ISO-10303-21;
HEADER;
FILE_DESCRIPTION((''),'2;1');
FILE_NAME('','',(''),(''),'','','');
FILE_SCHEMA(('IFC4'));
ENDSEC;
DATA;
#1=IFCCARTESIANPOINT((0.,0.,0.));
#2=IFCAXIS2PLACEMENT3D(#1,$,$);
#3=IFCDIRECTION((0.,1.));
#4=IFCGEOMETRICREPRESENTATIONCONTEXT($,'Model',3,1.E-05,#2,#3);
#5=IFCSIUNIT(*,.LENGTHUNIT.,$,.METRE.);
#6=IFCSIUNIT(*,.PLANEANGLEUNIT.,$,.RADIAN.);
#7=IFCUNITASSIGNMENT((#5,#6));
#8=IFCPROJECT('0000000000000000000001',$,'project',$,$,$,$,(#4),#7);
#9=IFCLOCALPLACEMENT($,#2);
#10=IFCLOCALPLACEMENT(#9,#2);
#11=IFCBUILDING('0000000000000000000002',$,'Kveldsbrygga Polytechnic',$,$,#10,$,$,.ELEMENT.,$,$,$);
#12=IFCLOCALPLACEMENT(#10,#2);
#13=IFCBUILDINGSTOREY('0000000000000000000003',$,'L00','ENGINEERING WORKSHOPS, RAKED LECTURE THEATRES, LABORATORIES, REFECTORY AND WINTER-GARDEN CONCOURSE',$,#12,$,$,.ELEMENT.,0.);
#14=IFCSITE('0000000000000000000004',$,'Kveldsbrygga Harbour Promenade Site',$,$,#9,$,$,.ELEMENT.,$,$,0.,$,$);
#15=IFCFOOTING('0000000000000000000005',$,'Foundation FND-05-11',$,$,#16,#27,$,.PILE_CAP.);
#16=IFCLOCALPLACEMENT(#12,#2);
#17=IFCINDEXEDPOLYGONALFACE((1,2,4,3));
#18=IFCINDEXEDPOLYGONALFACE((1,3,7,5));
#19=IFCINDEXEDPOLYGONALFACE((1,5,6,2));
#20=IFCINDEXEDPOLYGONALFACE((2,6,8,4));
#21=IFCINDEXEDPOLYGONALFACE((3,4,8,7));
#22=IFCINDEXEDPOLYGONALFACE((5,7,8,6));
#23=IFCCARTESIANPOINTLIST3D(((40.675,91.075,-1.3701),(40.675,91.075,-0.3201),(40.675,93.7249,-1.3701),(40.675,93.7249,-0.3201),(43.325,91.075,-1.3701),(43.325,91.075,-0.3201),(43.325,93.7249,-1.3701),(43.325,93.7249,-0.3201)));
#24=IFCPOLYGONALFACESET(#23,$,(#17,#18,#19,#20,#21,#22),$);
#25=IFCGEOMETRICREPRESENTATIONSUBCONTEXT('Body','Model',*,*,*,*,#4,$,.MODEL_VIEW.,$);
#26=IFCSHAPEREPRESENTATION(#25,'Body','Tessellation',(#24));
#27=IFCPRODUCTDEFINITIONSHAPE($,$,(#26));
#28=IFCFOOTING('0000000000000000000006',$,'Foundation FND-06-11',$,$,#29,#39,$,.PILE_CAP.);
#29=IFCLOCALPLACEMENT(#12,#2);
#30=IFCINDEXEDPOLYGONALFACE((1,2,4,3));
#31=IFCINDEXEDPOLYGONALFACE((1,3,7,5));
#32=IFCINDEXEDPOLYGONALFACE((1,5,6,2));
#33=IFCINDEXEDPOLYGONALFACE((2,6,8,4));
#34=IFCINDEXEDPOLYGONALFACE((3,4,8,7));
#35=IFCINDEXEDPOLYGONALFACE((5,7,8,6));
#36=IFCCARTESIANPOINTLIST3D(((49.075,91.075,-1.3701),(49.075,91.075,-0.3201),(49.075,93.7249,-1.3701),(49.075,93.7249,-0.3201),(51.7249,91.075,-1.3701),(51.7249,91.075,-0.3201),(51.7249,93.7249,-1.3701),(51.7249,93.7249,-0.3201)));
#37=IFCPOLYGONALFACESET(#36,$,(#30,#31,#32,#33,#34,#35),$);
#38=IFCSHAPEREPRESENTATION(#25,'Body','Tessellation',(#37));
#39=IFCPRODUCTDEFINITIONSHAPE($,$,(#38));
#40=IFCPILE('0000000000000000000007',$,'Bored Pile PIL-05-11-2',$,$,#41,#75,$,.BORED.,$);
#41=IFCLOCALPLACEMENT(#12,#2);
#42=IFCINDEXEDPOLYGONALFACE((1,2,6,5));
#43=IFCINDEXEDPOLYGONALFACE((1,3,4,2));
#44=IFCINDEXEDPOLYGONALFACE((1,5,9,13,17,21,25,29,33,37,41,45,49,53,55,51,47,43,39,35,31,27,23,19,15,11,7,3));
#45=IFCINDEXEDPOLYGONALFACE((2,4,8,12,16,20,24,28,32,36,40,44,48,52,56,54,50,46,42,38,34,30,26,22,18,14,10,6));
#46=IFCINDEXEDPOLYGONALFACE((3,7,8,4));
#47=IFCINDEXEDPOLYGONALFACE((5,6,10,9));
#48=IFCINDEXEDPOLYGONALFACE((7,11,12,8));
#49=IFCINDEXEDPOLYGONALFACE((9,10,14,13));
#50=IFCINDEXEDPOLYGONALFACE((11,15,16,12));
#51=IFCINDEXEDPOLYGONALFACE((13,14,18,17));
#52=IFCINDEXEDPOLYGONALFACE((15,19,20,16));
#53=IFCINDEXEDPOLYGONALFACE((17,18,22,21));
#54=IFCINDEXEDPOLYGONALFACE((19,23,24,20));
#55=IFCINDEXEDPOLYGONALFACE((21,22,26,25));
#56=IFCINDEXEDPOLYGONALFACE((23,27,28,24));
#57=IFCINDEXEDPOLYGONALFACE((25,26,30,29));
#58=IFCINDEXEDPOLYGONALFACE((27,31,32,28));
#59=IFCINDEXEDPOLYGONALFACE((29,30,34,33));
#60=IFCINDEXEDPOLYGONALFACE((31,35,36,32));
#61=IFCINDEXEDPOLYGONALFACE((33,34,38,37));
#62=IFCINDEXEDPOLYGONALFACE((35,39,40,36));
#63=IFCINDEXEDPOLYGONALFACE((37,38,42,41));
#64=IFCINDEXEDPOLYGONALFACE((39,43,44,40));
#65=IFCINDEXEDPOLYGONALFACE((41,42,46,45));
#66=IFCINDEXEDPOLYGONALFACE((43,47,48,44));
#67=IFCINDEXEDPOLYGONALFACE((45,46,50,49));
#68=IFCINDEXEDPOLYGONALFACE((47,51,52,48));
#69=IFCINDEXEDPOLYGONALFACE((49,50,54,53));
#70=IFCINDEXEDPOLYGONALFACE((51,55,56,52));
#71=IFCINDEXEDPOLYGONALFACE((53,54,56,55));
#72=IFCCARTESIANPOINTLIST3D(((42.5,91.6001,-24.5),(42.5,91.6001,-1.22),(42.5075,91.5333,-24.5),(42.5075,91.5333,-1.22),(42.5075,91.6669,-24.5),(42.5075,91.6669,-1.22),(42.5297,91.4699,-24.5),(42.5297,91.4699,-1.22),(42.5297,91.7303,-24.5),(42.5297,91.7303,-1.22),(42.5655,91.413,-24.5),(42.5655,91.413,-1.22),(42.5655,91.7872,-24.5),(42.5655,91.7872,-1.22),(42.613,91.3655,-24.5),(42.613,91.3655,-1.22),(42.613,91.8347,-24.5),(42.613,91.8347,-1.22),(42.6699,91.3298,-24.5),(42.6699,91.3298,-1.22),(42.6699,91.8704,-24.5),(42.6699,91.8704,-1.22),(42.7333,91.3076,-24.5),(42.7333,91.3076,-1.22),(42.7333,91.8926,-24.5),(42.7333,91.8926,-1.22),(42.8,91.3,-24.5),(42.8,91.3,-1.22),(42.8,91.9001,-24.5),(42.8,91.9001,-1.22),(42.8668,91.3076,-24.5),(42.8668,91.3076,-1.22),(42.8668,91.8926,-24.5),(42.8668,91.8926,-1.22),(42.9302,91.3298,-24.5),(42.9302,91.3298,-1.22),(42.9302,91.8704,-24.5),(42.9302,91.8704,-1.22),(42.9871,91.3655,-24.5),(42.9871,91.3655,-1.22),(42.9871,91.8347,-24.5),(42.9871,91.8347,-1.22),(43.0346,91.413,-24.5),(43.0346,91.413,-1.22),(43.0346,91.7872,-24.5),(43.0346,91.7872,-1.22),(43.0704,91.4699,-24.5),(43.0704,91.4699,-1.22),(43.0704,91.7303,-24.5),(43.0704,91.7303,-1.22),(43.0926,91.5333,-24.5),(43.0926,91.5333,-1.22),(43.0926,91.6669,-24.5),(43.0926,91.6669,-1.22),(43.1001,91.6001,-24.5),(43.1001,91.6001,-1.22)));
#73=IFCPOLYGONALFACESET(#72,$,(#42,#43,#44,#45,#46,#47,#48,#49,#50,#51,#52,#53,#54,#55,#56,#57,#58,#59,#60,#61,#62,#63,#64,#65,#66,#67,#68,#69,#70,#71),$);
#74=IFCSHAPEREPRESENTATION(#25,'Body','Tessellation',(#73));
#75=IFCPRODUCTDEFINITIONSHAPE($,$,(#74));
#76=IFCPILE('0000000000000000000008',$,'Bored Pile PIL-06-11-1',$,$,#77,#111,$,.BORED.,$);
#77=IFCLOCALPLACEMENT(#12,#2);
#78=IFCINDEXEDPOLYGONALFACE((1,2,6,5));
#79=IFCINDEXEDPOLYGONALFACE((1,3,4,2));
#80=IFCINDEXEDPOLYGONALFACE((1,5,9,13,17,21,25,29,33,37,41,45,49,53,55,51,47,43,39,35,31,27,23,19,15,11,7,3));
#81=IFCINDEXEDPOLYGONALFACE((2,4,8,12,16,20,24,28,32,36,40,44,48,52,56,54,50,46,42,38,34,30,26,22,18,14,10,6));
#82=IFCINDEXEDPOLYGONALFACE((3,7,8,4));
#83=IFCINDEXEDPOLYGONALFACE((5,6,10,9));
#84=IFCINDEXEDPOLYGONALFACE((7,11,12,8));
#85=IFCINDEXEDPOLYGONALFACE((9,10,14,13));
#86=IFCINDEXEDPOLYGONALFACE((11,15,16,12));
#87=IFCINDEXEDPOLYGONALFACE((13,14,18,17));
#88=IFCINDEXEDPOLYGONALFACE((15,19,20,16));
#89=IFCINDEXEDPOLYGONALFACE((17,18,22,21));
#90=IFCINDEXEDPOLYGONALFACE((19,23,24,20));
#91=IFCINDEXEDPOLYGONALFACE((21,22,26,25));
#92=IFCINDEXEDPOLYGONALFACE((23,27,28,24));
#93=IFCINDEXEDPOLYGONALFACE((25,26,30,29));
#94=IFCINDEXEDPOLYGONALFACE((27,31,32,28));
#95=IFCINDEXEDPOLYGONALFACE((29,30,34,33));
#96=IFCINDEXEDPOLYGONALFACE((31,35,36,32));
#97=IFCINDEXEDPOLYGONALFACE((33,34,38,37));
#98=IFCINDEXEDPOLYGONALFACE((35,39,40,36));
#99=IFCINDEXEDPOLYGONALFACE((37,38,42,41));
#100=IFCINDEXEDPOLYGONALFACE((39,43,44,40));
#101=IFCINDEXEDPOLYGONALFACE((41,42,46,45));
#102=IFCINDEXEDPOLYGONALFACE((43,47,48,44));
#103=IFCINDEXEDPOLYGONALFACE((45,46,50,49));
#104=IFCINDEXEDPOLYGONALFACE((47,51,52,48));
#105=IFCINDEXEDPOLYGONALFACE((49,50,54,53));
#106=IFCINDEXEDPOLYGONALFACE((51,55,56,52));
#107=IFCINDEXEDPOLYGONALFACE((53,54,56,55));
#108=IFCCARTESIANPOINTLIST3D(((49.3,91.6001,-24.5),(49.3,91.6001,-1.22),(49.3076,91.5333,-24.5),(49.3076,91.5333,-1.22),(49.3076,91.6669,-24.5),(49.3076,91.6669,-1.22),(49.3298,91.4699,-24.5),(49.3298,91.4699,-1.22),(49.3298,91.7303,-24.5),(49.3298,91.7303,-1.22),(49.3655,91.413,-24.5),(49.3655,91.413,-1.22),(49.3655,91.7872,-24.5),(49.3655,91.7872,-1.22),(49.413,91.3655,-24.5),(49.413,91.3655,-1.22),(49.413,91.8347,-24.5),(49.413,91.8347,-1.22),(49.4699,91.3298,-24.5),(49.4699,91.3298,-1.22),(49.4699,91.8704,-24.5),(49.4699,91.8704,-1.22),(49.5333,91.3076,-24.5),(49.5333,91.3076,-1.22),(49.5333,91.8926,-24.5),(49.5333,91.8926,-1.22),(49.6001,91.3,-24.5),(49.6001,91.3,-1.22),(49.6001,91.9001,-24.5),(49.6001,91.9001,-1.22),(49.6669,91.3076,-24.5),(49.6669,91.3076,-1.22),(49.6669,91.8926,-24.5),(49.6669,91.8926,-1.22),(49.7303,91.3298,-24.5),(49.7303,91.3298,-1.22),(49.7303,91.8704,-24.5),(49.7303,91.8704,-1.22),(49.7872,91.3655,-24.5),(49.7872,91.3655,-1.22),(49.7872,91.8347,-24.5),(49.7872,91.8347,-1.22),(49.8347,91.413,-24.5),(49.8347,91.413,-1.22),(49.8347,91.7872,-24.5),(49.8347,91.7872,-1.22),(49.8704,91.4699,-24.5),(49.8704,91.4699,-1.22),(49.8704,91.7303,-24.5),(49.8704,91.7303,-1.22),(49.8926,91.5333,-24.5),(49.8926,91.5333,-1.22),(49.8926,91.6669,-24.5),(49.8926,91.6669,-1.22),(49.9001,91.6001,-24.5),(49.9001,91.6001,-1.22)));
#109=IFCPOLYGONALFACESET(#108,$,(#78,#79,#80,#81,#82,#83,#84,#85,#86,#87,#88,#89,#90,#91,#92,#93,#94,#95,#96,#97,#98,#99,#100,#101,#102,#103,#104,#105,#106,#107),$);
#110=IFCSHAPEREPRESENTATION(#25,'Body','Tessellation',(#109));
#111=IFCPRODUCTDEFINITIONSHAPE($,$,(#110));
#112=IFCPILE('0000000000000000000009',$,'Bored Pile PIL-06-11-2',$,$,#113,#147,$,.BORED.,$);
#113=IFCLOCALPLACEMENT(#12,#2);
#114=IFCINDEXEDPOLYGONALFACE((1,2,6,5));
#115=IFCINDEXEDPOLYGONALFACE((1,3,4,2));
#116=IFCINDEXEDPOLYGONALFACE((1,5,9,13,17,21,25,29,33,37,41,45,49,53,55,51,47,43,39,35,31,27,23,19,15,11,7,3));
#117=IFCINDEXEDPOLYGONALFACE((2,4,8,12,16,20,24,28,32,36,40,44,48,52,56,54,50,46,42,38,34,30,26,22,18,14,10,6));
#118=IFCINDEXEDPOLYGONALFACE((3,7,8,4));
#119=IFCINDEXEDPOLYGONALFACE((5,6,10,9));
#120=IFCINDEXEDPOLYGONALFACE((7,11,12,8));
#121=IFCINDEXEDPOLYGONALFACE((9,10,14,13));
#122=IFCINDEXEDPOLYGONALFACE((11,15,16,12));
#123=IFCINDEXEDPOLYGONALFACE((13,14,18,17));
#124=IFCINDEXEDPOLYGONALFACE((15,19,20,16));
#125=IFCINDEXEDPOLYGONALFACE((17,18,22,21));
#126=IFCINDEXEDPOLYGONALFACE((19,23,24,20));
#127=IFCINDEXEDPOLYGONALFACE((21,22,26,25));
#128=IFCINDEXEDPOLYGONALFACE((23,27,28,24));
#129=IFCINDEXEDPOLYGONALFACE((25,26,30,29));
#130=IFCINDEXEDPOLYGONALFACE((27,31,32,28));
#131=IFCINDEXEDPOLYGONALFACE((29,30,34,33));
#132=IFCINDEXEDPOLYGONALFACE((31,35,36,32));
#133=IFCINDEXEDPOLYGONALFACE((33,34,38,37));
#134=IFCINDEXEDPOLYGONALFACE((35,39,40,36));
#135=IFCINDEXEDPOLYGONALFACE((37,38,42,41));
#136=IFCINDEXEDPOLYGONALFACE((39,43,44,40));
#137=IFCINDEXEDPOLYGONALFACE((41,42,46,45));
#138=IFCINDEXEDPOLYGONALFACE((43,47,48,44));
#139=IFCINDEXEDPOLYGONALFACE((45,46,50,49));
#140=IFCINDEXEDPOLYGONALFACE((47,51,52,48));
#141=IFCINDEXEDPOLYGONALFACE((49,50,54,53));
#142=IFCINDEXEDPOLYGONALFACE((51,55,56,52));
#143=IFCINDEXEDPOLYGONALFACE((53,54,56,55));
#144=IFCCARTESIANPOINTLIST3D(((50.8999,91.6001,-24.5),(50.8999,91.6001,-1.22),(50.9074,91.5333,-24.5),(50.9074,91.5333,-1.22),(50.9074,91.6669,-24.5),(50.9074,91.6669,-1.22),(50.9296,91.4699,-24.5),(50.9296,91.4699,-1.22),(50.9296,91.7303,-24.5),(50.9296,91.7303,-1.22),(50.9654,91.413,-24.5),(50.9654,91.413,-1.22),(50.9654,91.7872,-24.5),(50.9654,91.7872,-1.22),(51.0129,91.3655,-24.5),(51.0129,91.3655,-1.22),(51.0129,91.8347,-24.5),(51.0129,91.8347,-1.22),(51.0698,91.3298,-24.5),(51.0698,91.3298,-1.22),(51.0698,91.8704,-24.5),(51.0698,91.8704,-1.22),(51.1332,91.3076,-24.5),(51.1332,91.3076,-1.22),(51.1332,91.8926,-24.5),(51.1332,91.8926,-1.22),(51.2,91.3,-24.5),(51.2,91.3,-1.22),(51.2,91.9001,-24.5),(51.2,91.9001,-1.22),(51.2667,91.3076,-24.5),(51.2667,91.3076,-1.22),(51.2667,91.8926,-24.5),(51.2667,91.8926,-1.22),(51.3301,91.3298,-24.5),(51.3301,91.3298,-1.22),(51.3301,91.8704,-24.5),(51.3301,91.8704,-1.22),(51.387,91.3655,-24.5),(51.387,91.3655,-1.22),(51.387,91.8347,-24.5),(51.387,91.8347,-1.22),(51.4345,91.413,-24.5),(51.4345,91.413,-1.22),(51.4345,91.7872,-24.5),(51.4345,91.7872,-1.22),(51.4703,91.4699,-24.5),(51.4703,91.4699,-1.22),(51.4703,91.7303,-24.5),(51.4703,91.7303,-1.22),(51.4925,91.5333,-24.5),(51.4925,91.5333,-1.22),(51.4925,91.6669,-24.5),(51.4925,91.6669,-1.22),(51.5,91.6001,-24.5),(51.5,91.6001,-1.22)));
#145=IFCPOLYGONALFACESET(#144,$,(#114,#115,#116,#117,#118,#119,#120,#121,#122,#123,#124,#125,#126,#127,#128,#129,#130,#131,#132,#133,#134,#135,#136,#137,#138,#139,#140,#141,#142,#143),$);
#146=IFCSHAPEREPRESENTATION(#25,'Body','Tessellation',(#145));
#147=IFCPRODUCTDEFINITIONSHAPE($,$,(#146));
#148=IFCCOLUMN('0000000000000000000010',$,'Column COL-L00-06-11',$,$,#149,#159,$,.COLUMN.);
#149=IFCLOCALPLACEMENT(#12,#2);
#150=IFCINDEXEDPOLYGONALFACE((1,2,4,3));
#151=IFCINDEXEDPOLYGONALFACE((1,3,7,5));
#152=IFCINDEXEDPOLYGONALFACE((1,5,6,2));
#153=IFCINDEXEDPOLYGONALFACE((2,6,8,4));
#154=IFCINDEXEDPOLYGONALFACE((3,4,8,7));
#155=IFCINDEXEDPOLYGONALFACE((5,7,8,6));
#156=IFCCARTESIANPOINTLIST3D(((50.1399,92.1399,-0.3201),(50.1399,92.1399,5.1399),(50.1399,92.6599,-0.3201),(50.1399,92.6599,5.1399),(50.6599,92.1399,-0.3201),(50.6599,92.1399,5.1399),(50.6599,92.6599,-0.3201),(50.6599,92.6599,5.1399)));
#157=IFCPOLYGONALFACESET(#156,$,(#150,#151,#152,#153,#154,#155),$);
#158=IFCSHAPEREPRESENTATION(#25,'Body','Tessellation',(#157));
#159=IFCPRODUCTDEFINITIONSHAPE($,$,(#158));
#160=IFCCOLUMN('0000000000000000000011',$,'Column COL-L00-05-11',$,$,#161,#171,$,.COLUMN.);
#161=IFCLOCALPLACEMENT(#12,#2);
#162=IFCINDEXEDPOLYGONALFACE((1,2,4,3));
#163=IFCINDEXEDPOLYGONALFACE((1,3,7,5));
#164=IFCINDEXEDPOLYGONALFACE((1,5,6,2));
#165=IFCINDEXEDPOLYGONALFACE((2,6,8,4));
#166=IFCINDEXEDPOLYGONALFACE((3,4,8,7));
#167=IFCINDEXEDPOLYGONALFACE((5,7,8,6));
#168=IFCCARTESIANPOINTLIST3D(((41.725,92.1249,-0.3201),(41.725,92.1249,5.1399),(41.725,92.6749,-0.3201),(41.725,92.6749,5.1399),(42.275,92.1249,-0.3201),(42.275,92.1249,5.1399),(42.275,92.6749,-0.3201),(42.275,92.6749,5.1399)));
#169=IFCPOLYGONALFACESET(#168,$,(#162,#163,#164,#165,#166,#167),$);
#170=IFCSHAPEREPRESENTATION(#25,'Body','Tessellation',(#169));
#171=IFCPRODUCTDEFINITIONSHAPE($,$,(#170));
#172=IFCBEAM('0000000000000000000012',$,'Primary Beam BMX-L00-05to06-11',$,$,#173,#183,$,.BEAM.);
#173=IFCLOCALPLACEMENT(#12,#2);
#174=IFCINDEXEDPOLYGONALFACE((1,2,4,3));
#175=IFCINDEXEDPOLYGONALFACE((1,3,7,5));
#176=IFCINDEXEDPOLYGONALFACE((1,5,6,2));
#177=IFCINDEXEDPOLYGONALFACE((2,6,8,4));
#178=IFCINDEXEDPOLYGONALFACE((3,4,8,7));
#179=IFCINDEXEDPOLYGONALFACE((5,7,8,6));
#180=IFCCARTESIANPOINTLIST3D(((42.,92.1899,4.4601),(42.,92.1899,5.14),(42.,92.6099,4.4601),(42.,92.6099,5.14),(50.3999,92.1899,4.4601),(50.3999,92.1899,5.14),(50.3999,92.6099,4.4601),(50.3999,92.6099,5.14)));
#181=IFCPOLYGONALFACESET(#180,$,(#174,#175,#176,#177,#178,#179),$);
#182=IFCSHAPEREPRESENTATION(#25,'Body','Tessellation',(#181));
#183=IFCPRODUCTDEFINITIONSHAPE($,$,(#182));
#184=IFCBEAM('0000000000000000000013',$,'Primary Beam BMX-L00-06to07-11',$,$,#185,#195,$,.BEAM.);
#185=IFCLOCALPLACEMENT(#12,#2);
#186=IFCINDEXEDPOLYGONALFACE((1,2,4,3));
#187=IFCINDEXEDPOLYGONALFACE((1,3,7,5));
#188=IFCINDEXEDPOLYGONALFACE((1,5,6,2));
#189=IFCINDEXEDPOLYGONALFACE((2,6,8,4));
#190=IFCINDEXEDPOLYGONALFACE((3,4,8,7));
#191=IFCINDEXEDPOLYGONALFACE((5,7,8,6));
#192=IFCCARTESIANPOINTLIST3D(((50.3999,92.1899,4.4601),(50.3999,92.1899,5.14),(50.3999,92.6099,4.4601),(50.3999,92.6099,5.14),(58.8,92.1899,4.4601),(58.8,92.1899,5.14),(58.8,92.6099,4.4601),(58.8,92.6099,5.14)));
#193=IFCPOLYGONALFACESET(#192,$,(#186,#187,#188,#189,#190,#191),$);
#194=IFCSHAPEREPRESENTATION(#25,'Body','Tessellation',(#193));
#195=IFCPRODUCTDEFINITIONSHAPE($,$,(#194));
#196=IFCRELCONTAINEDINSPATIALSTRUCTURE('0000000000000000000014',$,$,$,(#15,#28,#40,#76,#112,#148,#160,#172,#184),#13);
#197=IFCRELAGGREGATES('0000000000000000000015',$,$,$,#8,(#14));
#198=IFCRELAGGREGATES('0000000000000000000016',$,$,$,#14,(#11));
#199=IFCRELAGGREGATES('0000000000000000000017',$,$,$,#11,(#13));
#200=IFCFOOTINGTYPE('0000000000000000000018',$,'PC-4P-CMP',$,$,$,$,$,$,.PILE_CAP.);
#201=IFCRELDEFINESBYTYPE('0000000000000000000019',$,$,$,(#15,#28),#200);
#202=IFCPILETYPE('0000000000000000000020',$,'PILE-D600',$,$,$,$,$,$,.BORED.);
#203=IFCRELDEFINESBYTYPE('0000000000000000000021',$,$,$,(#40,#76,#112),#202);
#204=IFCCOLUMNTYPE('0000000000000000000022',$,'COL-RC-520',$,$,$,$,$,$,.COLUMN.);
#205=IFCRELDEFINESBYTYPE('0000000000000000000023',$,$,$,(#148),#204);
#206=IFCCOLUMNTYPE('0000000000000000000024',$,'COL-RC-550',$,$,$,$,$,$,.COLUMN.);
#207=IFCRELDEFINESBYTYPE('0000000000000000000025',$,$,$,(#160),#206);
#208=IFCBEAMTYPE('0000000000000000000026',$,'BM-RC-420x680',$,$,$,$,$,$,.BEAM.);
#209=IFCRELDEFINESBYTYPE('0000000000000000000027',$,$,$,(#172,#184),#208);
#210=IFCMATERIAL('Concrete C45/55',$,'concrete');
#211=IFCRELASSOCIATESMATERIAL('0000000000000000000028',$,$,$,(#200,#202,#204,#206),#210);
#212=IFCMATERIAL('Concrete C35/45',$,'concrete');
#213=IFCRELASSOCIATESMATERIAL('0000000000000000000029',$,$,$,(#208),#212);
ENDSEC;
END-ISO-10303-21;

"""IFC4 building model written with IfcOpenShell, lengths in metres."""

from ifc_helpers import new_model, si_unit, direction, frame, origin, origin_2d, place, context, subcontext, project, spatial, rectangle, circle, extrude, material, material_profile, profile_set, type_object, element, save


model = new_model("IFC4")

# Units and contexts
model_context = context("Model", 3, precision=1e-05, world=origin(), true_north=direction((0.0, 1.0)))
body_context = subcontext(model_context, "Body", "Model", "MODEL_VIEW")
ifc_project = project(units=[si_unit("LENGTHUNIT", "METRE"), si_unit("PLANEANGLEUNIT", "RADIAN")], contexts=[model_context])

# Site, building, storey
site_placement = place(None, origin())
site = spatial("IfcSite", under=ifc_project, at=site_placement, Name="Kveldsbrygga Harbour Promenade Site", CompositionType="ELEMENT", RefElevation=0.0)
building_placement = place(site_placement, origin())
building = spatial("IfcBuilding", under=site, at=building_placement, Name="Kveldsbrygga Polytechnic", CompositionType="ELEMENT")
storey_placement = place(building_placement, origin())
storey = spatial("IfcBuildingStorey", under=building, at=storey_placement, Name="L00", Description="ENGINEERING WORKSHOPS, RAKED LECTURE THEATRES, LABORATORIES, REFECTORY AND WINTER-GARDEN CONCOURSE", CompositionType="ELEMENT", Elevation=0.0)

# Footings
ifc_material_1 = material(Name="Concrete C45/55", Category="concrete")
footing_type = type_object("IfcFootingType", Name="PC-4P-CMP", PredefinedType="PILE_CAP", material=ifc_material_1)
for number, where, z_axis, x_axis, name in (
    (1, (42.0, 92.3999, -1.3701), (0.0, 0.0, 1.0), (1.0, 0.0, 0.0), "Foundation FND-05-11"),
    (2, (50.3999, 92.3999, -1.3701), (0.0, 0.0, 1.0), (1.0, 0.0, 0.0), "Foundation FND-06-11"),
):
    element("IfcFooting", number, at=place(storey_placement, frame(where, z_axis=z_axis, x_axis=x_axis)), inside=storey, type_object=footing_type, Name=name, PredefinedType="PILE_CAP", context=body_context, shape_type="SweptSolid", body=[
        extrude(rectangle(XDim=2.6499, YDim=2.6499, at=origin_2d()), origin(), (0.0, 0.0, 1.0), 1.05),
    ])

# Piles
ifc_material_profile_1 = material_profile(ifc_material_1, circle(Radius=0.3, at=origin_2d()), Name="PILE D600")
ifc_profile_set_1 = profile_set([ifc_material_profile_1], Name="Concrete C45/55")
pile_type = type_object("IfcPileType", Name="PILE-D600", PredefinedType="BORED", material=ifc_profile_set_1)
for number, where, z_axis, x_axis, name in (
    (3, (42.8, 91.6001, -1.22), (0.0, 0.0, -1.0), (1.0, 0.0, 0.0), "Bored Pile PIL-05-11-2"),
    (4, (49.6001, 91.6001, -1.22), (0.0, 0.0, -1.0), (1.0, 0.0, 0.0), "Bored Pile PIL-06-11-1"),
    (5, (51.2, 91.6001, -1.22), (0.0, 0.0, -1.0), (1.0, 0.0, 0.0), "Bored Pile PIL-06-11-2"),
):
    element("IfcPile", number, at=place(storey_placement, frame(where, z_axis=z_axis, x_axis=x_axis)), inside=storey, type_object=pile_type, Name=name, PredefinedType="BORED", context=body_context, shape_type="SweptSolid", body=[
        extrude(circle(Radius=0.3, at=origin_2d()), origin(), (0.0, 0.0, 1.0), 23.28),
    ])

# Columns
ifc_material_profile_2 = material_profile(ifc_material_1, rectangle(XDim=0.52, YDim=0.52, at=origin_2d()), Name="RC 520x520")
ifc_profile_set_2 = profile_set([ifc_material_profile_2], Name="Concrete C45/55")
column_type_1 = type_object("IfcColumnType", Name="COL-RC-520", PredefinedType="COLUMN", material=ifc_profile_set_2)
column_1_placement = place(storey_placement, frame((50.3999, 92.3999, -0.3201), z_axis=(0.0, 0.0, 1.0), x_axis=(1.0, 0.0, 0.0)))
element("IfcColumn", 6, at=column_1_placement, inside=storey, type_object=column_type_1, Name="Column COL-L00-06-11", PredefinedType="COLUMN", context=body_context, shape_type="SweptSolid", body=[
    extrude(rectangle(XDim=0.52, YDim=0.52, at=origin_2d()), origin(), (0.0, 0.0, 1.0), 5.46),
])
ifc_material_profile_3 = material_profile(ifc_material_1, rectangle(XDim=0.55, YDim=0.55, at=origin_2d()), Name="RC 550x550")
ifc_profile_set_3 = profile_set([ifc_material_profile_3], Name="Concrete C45/55")
column_type_2 = type_object("IfcColumnType", Name="COL-RC-550", PredefinedType="COLUMN", material=ifc_profile_set_3)
column_2_placement = place(storey_placement, frame((42.0, 92.3999, -0.3201), z_axis=(0.0, 0.0, 1.0), x_axis=(1.0, 0.0, 0.0)))
element("IfcColumn", 7, at=column_2_placement, inside=storey, type_object=column_type_2, Name="Column COL-L00-05-11", PredefinedType="COLUMN", context=body_context, shape_type="SweptSolid", body=[
    extrude(rectangle(XDim=0.55, YDim=0.55, at=origin_2d()), origin(), (0.0, 0.0, 1.0), 5.46),
])

# Beams
ifc_material_2 = material(Name="Concrete C35/45", Category="concrete")
ifc_material_profile_4 = material_profile(ifc_material_2, rectangle(XDim=0.4199, YDim=0.6799, at=origin_2d()), Name="RC 420x680")
ifc_profile_set_4 = profile_set([ifc_material_profile_4], Name="Concrete C35/45")
beam_type_1 = type_object("IfcBeamType", Name="BM-RC-420x680", PredefinedType="BEAM", material=ifc_profile_set_4)
beam_1_placement = place(storey_placement, frame((42.0, 92.3999, 4.8), z_axis=(1.0, 0.0, 0.0), x_axis=(0.0, 1.0, 0.0)))
element("IfcBeam", 8, at=beam_1_placement, inside=storey, type_object=beam_type_1, Name="Primary Beam BMX-L00-05to06-11", PredefinedType="BEAM", context=body_context, shape_type="SweptSolid", body=[
    extrude(rectangle(XDim=0.4199, YDim=0.6799, at=origin_2d()), origin(), (0.0, 0.0, 1.0), 8.3999),
])
beam_2_placement = place(storey_placement, frame((50.3999, 92.3999, 4.8), z_axis=(1.0, 0.0, 0.0), x_axis=(0.0, 1.0, 0.0)))
element("IfcBeam", 9, at=beam_2_placement, inside=storey, type_object=beam_type_1, Name="Primary Beam BMX-L00-06to07-11", PredefinedType="BEAM", context=body_context, shape_type="SweptSolid", body=[
    extrude(rectangle(XDim=0.4199, YDim=0.6799, at=origin_2d()), origin(), (0.0, 0.0, 1.0), 8.4001),
])

save(model, "model.ifc")
